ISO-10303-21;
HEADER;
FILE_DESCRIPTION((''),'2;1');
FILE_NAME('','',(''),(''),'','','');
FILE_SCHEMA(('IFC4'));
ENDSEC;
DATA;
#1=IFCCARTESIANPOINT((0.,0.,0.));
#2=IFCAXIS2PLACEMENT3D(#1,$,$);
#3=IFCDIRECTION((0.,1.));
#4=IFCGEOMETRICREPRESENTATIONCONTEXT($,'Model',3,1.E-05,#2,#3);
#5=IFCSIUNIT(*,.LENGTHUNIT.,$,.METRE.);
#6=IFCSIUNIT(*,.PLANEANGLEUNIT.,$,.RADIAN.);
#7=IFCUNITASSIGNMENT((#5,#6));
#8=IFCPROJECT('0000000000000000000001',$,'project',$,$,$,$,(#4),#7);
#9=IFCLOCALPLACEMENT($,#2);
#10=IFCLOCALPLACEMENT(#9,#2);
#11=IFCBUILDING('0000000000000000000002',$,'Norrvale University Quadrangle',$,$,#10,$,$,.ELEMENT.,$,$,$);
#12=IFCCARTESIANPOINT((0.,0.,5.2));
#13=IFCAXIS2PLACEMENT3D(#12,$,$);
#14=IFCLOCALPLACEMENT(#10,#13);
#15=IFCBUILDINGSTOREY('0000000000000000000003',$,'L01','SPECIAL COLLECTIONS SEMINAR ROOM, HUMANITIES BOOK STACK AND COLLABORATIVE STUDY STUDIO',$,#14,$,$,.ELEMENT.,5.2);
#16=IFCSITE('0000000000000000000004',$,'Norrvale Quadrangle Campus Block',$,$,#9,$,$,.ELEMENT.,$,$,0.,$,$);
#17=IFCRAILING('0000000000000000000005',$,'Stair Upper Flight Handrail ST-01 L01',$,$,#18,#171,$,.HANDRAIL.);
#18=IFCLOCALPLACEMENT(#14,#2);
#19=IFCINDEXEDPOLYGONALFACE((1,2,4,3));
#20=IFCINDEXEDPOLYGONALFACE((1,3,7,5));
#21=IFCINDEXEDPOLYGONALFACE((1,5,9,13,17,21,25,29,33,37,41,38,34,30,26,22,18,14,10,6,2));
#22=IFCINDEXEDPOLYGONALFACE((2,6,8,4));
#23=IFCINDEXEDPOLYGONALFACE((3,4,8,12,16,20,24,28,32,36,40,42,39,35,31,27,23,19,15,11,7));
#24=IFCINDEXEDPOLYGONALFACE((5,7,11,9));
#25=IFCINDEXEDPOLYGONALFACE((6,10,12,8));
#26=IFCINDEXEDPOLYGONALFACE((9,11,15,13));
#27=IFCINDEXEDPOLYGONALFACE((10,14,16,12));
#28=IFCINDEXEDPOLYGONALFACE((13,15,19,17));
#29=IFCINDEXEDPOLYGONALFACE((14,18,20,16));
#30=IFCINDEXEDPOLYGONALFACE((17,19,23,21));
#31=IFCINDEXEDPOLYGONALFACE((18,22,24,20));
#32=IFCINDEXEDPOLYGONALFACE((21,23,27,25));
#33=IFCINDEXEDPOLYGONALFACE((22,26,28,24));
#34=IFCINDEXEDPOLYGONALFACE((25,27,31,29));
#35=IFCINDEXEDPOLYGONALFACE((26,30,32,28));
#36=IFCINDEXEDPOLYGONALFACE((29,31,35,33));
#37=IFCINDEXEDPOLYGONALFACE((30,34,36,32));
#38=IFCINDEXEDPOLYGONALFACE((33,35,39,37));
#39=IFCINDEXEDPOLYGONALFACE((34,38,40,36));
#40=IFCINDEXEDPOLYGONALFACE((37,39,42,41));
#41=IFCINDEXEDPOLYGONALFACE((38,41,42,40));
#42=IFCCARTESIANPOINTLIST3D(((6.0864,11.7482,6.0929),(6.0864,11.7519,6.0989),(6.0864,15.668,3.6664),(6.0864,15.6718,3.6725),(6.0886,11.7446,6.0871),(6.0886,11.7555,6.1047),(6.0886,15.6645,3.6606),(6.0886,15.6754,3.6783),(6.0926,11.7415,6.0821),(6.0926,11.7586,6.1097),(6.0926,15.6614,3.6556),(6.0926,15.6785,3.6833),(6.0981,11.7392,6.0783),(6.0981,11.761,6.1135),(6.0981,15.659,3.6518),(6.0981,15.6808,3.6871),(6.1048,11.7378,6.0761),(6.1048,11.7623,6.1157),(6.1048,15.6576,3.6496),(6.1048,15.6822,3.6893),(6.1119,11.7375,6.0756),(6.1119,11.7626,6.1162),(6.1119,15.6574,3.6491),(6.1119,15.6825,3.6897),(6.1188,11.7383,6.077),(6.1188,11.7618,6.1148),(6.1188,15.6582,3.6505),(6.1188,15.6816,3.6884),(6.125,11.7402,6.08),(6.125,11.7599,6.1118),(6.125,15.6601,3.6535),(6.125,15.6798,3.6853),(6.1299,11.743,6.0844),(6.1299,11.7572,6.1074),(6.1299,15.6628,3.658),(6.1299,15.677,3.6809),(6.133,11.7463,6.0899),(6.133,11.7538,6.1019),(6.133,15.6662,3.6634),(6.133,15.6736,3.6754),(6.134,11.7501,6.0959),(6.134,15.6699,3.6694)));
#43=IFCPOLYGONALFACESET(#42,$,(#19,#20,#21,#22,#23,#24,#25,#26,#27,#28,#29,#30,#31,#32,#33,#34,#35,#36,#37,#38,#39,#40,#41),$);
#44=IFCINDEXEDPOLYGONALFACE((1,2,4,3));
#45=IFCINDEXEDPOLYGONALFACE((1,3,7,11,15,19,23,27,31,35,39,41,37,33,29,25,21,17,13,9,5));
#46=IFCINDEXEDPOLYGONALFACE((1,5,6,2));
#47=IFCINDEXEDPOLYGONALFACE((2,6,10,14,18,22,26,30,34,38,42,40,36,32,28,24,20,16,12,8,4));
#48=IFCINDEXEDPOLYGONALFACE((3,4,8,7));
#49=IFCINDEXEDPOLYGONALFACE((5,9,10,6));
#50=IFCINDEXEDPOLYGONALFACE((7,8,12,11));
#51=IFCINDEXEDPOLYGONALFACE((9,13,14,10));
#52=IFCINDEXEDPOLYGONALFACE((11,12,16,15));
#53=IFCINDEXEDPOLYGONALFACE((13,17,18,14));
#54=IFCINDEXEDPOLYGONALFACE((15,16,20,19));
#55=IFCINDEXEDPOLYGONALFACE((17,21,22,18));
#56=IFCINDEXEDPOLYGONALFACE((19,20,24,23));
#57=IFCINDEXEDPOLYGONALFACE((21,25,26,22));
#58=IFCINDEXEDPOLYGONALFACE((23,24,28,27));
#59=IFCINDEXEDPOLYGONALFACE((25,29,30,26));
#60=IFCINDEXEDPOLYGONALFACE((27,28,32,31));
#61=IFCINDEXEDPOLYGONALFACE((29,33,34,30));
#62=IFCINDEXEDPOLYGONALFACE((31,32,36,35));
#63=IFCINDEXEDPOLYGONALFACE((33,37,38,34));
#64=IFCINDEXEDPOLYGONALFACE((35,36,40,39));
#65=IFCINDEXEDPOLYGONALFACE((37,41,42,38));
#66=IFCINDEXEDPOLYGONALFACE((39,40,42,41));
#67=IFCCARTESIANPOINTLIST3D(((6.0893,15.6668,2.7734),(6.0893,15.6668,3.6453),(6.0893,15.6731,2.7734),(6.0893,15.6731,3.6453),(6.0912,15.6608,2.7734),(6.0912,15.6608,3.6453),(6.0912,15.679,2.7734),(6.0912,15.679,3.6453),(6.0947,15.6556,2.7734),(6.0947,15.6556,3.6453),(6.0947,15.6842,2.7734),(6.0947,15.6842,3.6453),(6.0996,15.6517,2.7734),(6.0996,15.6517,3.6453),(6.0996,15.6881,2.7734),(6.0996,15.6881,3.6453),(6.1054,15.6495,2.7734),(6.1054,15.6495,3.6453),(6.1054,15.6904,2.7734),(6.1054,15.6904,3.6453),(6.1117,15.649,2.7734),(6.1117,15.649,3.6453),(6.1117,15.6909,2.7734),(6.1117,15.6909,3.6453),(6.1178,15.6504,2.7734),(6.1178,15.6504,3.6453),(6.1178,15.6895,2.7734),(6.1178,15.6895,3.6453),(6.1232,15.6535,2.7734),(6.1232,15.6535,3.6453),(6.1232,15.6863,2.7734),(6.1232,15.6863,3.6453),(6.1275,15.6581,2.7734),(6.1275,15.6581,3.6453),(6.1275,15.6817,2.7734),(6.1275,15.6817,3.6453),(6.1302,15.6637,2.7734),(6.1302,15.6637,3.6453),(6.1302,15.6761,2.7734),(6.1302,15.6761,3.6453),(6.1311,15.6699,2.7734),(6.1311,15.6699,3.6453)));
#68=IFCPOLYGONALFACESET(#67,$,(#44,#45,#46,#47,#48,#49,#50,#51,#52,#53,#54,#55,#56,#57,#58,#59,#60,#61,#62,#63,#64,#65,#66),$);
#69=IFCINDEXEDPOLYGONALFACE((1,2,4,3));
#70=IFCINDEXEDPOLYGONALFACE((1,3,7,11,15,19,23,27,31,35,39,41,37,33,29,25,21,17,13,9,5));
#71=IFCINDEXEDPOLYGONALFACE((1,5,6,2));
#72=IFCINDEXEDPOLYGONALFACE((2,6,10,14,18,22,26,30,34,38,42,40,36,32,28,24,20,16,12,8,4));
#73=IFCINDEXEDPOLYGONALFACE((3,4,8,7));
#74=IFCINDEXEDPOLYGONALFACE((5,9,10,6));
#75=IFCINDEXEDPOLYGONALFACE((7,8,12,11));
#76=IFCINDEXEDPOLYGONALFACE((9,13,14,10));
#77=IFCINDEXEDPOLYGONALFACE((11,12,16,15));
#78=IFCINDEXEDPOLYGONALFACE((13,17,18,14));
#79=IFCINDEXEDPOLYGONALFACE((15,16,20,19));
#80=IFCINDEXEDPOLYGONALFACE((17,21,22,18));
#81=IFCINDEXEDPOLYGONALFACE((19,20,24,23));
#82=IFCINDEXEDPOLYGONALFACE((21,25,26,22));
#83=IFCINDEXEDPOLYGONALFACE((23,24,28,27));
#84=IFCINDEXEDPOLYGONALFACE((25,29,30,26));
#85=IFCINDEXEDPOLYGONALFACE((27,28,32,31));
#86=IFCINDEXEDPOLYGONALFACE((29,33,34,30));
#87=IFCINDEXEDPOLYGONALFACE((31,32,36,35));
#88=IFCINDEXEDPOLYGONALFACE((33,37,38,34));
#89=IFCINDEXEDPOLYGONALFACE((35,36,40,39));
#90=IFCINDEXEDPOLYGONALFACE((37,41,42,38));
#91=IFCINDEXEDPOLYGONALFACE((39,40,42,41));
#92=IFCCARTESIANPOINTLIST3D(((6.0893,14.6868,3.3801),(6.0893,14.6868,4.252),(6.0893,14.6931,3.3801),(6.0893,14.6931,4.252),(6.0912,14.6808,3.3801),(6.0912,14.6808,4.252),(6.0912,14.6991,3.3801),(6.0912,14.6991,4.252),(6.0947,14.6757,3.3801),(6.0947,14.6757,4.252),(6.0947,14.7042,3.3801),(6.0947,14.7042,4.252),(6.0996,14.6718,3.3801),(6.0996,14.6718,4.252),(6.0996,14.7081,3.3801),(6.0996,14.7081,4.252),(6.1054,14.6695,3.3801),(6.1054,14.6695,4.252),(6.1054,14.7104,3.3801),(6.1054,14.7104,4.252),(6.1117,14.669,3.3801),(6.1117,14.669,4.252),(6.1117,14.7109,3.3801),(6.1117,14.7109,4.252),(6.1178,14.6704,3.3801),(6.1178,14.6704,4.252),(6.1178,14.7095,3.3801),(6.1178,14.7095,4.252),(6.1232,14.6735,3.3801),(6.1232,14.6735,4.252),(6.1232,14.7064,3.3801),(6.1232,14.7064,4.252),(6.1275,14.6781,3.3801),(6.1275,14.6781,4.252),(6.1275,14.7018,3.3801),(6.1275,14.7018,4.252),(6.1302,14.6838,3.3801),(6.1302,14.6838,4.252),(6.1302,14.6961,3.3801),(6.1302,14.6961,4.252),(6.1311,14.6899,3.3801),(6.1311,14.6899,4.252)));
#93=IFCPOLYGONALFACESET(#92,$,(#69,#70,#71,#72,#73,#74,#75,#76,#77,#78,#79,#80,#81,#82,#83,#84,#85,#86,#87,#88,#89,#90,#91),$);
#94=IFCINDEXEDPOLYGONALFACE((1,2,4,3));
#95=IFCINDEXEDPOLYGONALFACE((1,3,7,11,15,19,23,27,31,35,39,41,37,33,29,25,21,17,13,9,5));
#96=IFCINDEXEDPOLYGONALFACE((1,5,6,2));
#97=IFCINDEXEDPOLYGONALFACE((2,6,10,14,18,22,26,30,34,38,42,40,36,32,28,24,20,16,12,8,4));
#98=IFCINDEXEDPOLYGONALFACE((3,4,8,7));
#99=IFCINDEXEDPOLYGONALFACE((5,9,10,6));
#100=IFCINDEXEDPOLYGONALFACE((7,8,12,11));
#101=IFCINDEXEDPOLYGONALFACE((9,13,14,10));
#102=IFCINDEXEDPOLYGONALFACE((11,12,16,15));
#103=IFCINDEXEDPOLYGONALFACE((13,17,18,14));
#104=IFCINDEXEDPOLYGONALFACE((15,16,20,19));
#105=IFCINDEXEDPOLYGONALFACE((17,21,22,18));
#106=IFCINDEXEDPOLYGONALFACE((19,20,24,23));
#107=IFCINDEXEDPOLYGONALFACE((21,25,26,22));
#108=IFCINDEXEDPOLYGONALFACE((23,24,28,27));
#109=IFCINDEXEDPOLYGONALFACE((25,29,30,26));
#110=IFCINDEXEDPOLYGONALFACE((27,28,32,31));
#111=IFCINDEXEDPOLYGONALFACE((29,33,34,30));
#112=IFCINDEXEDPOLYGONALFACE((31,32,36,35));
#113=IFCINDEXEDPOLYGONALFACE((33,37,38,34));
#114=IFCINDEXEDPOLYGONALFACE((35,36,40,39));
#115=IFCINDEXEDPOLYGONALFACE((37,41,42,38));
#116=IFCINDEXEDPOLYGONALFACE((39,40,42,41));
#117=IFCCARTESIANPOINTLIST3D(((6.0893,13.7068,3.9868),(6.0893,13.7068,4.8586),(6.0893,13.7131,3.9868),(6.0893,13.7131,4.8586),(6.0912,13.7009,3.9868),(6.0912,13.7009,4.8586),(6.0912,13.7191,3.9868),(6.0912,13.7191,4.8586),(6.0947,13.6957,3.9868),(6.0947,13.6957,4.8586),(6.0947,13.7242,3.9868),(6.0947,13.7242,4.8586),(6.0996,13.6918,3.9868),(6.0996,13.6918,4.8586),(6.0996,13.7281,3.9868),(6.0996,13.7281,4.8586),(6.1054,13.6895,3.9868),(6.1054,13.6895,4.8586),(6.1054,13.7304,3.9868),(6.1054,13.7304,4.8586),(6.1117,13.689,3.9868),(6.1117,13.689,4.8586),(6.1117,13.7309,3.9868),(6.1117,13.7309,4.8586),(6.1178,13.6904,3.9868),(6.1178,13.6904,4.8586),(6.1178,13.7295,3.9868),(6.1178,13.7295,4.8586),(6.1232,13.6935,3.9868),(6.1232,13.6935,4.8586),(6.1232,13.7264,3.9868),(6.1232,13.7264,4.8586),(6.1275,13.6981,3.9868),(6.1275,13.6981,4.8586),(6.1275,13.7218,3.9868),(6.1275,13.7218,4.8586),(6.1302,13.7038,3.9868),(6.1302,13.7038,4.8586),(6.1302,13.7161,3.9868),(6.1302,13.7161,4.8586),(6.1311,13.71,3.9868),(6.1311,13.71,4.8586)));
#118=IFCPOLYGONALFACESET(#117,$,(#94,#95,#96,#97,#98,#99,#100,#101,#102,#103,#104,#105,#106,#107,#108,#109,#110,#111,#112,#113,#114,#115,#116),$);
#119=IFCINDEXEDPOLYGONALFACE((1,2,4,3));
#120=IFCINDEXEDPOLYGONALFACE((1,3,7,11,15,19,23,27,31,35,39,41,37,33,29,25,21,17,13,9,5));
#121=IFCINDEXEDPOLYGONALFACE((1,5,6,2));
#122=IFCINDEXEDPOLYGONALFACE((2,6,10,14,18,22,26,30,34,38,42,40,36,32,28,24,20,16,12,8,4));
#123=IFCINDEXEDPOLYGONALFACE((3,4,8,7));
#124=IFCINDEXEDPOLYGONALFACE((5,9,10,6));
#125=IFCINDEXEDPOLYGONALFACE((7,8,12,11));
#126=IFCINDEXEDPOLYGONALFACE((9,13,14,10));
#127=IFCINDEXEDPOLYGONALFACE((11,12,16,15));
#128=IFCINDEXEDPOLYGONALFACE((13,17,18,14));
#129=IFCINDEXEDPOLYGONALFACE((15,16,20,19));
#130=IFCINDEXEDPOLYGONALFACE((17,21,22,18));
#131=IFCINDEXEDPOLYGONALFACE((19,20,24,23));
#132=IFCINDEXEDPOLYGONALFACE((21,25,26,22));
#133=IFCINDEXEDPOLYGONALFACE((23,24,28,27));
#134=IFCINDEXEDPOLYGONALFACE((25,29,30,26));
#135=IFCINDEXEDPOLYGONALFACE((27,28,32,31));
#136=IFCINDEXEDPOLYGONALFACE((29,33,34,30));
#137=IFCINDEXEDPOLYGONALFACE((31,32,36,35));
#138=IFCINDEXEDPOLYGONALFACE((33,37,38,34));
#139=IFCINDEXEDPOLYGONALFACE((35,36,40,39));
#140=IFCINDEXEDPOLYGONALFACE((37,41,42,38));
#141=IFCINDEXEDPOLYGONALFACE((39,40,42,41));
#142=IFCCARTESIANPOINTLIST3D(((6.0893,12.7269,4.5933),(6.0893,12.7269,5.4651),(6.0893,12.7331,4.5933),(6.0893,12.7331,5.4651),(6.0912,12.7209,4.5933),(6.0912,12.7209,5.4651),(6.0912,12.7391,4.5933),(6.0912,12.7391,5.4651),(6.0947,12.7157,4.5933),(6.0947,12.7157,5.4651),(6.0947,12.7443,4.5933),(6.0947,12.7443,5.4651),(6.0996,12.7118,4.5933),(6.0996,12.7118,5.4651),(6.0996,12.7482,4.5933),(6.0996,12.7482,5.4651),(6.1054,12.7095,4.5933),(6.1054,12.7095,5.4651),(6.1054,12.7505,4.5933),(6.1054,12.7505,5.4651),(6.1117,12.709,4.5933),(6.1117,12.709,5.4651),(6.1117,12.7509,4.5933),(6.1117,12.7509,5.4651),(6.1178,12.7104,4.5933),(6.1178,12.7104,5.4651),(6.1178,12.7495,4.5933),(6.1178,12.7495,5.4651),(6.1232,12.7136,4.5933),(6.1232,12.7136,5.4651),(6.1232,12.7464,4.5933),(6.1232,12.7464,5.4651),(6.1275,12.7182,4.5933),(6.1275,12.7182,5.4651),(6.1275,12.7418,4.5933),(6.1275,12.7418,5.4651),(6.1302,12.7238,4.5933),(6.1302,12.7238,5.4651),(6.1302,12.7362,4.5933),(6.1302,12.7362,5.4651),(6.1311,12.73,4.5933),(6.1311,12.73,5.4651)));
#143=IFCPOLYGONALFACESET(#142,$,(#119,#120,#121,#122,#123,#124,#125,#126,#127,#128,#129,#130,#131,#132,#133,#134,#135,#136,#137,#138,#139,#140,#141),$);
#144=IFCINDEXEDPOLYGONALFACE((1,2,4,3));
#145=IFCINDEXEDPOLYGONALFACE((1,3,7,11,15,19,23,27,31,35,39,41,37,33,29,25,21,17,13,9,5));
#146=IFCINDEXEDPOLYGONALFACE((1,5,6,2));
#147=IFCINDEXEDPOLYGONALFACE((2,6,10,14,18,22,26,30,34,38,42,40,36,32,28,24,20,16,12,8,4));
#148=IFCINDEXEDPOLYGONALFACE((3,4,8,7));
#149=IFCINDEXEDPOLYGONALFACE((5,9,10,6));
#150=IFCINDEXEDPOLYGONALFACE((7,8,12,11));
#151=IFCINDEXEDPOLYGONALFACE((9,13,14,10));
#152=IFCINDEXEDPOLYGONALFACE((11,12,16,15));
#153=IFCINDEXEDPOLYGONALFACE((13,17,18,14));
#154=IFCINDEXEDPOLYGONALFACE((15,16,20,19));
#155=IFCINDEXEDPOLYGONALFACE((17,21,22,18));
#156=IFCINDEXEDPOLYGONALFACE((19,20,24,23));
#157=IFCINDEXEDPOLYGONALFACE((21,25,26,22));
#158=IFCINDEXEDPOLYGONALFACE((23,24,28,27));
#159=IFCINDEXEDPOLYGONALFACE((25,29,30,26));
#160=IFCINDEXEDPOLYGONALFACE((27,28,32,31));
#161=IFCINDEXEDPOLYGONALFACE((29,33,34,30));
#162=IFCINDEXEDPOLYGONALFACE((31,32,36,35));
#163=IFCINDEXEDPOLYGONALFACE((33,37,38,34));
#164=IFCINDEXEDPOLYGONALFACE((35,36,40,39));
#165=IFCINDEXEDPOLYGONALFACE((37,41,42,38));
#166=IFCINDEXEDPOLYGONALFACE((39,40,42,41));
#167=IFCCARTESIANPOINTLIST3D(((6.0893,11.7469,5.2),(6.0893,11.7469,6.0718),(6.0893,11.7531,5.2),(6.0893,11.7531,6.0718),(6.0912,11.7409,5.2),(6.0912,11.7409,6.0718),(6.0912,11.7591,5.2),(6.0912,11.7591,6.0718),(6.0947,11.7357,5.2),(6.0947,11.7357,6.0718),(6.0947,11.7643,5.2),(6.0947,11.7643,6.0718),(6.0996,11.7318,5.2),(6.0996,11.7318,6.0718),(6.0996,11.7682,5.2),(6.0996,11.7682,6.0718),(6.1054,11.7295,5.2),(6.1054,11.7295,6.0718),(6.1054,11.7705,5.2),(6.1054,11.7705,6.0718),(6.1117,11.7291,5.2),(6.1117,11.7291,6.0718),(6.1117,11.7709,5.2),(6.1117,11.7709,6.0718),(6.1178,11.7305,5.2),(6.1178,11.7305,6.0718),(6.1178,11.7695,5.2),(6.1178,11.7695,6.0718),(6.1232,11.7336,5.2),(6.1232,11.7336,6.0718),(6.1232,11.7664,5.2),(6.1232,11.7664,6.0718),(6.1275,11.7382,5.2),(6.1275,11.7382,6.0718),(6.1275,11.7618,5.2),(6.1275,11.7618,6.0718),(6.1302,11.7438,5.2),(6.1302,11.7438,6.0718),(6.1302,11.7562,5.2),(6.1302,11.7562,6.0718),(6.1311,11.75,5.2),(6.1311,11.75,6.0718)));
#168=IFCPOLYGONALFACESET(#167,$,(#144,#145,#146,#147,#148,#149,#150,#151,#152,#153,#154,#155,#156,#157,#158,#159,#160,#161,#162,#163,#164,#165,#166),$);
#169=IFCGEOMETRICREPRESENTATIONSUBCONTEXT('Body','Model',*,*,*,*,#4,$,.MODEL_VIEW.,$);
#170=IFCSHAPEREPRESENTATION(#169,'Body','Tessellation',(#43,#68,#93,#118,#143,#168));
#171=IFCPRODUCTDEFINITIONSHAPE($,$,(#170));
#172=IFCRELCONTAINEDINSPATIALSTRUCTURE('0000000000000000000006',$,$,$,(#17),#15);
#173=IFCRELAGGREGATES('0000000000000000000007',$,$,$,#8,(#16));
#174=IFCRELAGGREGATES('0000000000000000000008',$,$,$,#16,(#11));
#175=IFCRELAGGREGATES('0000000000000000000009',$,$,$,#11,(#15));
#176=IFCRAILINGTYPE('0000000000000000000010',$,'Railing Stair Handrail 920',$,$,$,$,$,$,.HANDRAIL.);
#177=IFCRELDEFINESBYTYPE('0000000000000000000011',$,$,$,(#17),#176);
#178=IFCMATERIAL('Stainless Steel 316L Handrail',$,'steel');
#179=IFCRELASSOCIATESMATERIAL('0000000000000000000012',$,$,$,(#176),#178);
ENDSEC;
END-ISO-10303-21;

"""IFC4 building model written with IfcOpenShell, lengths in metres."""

from ifc_helpers import new_model, si_unit, direction, frame, origin, origin_2d, place, context, subcontext, project, spatial, circle, extrude, material, type_object, element, save


model = new_model("IFC4")

# Units and contexts
model_context = context("Model", 3, precision=1e-05, world=origin(), true_north=direction((0.0, 1.0)))
body_context = subcontext(model_context, "Body", "Model", "MODEL_VIEW")
ifc_project = project(units=[si_unit("LENGTHUNIT", "METRE"), si_unit("PLANEANGLEUNIT", "RADIAN")], contexts=[model_context])

# Site, building, storey
site_placement = place(None, origin())
site = spatial("IfcSite", under=ifc_project, at=site_placement, Name="Norrvale Quadrangle Campus Block", CompositionType="ELEMENT", RefElevation=0.0)
building_placement = place(site_placement, origin())
building = spatial("IfcBuilding", under=site, at=building_placement, Name="Norrvale University Quadrangle", CompositionType="ELEMENT")
storey_placement = place(building_placement, frame((0.0, 0.0, 5.2)))
storey = spatial("IfcBuildingStorey", under=building, at=storey_placement, Name="L01", Description="SPECIAL COLLECTIONS SEMINAR ROOM, HUMANITIES BOOK STACK AND COLLABORATIVE STUDY STUDIO", CompositionType="ELEMENT", Elevation=5.2)

# Railing
ifc_material_1 = material(Name="Stainless Steel 316L Handrail", Category="steel")
railing_type_1 = type_object("IfcRailingType", Name="Railing Stair Handrail 920", PredefinedType="HANDRAIL", material=ifc_material_1)
railing_1_placement = place(storey_placement, frame((6.1101, 15.6699, 2.7734)))
element("IfcRailing", 1, at=railing_1_placement, inside=storey, type_object=railing_type_1, Name="Stair Upper Flight Handrail ST-01 L01", PredefinedType="HANDRAIL", context=body_context, shape_type="SweptSolid", body=[
    extrude(circle(Radius=0.0239, at=origin_2d()), frame((0.0, 0.0, 0.896), z_axis=(0.0, -0.850275, 0.526338), x_axis=(1.0, 0.0, 0.0)), (0.0, 0.0, 1.0), 4.6101),
    extrude(circle(Radius=0.021, at=origin_2d()), origin(), (0.0, 0.0, 1.0), 0.8718),
    extrude(circle(Radius=0.021, at=origin_2d()), frame((0.0, -0.98, 0.6067)), (0.0, 0.0, 1.0), 0.8718),
    extrude(circle(Radius=0.021, at=origin_2d()), frame((0.0, -1.96, 1.2134)), (0.0, 0.0, 1.0), 0.8718),
    extrude(circle(Radius=0.021, at=origin_2d()), frame((0.0, -2.9399, 1.8198)), (0.0, 0.0, 1.0), 0.8718),
    extrude(circle(Radius=0.021, at=origin_2d()), frame((0.0, -3.9199, 2.4265)), (0.0, 0.0, 1.0), 0.8718),
])

save(model, "model.ifc")
